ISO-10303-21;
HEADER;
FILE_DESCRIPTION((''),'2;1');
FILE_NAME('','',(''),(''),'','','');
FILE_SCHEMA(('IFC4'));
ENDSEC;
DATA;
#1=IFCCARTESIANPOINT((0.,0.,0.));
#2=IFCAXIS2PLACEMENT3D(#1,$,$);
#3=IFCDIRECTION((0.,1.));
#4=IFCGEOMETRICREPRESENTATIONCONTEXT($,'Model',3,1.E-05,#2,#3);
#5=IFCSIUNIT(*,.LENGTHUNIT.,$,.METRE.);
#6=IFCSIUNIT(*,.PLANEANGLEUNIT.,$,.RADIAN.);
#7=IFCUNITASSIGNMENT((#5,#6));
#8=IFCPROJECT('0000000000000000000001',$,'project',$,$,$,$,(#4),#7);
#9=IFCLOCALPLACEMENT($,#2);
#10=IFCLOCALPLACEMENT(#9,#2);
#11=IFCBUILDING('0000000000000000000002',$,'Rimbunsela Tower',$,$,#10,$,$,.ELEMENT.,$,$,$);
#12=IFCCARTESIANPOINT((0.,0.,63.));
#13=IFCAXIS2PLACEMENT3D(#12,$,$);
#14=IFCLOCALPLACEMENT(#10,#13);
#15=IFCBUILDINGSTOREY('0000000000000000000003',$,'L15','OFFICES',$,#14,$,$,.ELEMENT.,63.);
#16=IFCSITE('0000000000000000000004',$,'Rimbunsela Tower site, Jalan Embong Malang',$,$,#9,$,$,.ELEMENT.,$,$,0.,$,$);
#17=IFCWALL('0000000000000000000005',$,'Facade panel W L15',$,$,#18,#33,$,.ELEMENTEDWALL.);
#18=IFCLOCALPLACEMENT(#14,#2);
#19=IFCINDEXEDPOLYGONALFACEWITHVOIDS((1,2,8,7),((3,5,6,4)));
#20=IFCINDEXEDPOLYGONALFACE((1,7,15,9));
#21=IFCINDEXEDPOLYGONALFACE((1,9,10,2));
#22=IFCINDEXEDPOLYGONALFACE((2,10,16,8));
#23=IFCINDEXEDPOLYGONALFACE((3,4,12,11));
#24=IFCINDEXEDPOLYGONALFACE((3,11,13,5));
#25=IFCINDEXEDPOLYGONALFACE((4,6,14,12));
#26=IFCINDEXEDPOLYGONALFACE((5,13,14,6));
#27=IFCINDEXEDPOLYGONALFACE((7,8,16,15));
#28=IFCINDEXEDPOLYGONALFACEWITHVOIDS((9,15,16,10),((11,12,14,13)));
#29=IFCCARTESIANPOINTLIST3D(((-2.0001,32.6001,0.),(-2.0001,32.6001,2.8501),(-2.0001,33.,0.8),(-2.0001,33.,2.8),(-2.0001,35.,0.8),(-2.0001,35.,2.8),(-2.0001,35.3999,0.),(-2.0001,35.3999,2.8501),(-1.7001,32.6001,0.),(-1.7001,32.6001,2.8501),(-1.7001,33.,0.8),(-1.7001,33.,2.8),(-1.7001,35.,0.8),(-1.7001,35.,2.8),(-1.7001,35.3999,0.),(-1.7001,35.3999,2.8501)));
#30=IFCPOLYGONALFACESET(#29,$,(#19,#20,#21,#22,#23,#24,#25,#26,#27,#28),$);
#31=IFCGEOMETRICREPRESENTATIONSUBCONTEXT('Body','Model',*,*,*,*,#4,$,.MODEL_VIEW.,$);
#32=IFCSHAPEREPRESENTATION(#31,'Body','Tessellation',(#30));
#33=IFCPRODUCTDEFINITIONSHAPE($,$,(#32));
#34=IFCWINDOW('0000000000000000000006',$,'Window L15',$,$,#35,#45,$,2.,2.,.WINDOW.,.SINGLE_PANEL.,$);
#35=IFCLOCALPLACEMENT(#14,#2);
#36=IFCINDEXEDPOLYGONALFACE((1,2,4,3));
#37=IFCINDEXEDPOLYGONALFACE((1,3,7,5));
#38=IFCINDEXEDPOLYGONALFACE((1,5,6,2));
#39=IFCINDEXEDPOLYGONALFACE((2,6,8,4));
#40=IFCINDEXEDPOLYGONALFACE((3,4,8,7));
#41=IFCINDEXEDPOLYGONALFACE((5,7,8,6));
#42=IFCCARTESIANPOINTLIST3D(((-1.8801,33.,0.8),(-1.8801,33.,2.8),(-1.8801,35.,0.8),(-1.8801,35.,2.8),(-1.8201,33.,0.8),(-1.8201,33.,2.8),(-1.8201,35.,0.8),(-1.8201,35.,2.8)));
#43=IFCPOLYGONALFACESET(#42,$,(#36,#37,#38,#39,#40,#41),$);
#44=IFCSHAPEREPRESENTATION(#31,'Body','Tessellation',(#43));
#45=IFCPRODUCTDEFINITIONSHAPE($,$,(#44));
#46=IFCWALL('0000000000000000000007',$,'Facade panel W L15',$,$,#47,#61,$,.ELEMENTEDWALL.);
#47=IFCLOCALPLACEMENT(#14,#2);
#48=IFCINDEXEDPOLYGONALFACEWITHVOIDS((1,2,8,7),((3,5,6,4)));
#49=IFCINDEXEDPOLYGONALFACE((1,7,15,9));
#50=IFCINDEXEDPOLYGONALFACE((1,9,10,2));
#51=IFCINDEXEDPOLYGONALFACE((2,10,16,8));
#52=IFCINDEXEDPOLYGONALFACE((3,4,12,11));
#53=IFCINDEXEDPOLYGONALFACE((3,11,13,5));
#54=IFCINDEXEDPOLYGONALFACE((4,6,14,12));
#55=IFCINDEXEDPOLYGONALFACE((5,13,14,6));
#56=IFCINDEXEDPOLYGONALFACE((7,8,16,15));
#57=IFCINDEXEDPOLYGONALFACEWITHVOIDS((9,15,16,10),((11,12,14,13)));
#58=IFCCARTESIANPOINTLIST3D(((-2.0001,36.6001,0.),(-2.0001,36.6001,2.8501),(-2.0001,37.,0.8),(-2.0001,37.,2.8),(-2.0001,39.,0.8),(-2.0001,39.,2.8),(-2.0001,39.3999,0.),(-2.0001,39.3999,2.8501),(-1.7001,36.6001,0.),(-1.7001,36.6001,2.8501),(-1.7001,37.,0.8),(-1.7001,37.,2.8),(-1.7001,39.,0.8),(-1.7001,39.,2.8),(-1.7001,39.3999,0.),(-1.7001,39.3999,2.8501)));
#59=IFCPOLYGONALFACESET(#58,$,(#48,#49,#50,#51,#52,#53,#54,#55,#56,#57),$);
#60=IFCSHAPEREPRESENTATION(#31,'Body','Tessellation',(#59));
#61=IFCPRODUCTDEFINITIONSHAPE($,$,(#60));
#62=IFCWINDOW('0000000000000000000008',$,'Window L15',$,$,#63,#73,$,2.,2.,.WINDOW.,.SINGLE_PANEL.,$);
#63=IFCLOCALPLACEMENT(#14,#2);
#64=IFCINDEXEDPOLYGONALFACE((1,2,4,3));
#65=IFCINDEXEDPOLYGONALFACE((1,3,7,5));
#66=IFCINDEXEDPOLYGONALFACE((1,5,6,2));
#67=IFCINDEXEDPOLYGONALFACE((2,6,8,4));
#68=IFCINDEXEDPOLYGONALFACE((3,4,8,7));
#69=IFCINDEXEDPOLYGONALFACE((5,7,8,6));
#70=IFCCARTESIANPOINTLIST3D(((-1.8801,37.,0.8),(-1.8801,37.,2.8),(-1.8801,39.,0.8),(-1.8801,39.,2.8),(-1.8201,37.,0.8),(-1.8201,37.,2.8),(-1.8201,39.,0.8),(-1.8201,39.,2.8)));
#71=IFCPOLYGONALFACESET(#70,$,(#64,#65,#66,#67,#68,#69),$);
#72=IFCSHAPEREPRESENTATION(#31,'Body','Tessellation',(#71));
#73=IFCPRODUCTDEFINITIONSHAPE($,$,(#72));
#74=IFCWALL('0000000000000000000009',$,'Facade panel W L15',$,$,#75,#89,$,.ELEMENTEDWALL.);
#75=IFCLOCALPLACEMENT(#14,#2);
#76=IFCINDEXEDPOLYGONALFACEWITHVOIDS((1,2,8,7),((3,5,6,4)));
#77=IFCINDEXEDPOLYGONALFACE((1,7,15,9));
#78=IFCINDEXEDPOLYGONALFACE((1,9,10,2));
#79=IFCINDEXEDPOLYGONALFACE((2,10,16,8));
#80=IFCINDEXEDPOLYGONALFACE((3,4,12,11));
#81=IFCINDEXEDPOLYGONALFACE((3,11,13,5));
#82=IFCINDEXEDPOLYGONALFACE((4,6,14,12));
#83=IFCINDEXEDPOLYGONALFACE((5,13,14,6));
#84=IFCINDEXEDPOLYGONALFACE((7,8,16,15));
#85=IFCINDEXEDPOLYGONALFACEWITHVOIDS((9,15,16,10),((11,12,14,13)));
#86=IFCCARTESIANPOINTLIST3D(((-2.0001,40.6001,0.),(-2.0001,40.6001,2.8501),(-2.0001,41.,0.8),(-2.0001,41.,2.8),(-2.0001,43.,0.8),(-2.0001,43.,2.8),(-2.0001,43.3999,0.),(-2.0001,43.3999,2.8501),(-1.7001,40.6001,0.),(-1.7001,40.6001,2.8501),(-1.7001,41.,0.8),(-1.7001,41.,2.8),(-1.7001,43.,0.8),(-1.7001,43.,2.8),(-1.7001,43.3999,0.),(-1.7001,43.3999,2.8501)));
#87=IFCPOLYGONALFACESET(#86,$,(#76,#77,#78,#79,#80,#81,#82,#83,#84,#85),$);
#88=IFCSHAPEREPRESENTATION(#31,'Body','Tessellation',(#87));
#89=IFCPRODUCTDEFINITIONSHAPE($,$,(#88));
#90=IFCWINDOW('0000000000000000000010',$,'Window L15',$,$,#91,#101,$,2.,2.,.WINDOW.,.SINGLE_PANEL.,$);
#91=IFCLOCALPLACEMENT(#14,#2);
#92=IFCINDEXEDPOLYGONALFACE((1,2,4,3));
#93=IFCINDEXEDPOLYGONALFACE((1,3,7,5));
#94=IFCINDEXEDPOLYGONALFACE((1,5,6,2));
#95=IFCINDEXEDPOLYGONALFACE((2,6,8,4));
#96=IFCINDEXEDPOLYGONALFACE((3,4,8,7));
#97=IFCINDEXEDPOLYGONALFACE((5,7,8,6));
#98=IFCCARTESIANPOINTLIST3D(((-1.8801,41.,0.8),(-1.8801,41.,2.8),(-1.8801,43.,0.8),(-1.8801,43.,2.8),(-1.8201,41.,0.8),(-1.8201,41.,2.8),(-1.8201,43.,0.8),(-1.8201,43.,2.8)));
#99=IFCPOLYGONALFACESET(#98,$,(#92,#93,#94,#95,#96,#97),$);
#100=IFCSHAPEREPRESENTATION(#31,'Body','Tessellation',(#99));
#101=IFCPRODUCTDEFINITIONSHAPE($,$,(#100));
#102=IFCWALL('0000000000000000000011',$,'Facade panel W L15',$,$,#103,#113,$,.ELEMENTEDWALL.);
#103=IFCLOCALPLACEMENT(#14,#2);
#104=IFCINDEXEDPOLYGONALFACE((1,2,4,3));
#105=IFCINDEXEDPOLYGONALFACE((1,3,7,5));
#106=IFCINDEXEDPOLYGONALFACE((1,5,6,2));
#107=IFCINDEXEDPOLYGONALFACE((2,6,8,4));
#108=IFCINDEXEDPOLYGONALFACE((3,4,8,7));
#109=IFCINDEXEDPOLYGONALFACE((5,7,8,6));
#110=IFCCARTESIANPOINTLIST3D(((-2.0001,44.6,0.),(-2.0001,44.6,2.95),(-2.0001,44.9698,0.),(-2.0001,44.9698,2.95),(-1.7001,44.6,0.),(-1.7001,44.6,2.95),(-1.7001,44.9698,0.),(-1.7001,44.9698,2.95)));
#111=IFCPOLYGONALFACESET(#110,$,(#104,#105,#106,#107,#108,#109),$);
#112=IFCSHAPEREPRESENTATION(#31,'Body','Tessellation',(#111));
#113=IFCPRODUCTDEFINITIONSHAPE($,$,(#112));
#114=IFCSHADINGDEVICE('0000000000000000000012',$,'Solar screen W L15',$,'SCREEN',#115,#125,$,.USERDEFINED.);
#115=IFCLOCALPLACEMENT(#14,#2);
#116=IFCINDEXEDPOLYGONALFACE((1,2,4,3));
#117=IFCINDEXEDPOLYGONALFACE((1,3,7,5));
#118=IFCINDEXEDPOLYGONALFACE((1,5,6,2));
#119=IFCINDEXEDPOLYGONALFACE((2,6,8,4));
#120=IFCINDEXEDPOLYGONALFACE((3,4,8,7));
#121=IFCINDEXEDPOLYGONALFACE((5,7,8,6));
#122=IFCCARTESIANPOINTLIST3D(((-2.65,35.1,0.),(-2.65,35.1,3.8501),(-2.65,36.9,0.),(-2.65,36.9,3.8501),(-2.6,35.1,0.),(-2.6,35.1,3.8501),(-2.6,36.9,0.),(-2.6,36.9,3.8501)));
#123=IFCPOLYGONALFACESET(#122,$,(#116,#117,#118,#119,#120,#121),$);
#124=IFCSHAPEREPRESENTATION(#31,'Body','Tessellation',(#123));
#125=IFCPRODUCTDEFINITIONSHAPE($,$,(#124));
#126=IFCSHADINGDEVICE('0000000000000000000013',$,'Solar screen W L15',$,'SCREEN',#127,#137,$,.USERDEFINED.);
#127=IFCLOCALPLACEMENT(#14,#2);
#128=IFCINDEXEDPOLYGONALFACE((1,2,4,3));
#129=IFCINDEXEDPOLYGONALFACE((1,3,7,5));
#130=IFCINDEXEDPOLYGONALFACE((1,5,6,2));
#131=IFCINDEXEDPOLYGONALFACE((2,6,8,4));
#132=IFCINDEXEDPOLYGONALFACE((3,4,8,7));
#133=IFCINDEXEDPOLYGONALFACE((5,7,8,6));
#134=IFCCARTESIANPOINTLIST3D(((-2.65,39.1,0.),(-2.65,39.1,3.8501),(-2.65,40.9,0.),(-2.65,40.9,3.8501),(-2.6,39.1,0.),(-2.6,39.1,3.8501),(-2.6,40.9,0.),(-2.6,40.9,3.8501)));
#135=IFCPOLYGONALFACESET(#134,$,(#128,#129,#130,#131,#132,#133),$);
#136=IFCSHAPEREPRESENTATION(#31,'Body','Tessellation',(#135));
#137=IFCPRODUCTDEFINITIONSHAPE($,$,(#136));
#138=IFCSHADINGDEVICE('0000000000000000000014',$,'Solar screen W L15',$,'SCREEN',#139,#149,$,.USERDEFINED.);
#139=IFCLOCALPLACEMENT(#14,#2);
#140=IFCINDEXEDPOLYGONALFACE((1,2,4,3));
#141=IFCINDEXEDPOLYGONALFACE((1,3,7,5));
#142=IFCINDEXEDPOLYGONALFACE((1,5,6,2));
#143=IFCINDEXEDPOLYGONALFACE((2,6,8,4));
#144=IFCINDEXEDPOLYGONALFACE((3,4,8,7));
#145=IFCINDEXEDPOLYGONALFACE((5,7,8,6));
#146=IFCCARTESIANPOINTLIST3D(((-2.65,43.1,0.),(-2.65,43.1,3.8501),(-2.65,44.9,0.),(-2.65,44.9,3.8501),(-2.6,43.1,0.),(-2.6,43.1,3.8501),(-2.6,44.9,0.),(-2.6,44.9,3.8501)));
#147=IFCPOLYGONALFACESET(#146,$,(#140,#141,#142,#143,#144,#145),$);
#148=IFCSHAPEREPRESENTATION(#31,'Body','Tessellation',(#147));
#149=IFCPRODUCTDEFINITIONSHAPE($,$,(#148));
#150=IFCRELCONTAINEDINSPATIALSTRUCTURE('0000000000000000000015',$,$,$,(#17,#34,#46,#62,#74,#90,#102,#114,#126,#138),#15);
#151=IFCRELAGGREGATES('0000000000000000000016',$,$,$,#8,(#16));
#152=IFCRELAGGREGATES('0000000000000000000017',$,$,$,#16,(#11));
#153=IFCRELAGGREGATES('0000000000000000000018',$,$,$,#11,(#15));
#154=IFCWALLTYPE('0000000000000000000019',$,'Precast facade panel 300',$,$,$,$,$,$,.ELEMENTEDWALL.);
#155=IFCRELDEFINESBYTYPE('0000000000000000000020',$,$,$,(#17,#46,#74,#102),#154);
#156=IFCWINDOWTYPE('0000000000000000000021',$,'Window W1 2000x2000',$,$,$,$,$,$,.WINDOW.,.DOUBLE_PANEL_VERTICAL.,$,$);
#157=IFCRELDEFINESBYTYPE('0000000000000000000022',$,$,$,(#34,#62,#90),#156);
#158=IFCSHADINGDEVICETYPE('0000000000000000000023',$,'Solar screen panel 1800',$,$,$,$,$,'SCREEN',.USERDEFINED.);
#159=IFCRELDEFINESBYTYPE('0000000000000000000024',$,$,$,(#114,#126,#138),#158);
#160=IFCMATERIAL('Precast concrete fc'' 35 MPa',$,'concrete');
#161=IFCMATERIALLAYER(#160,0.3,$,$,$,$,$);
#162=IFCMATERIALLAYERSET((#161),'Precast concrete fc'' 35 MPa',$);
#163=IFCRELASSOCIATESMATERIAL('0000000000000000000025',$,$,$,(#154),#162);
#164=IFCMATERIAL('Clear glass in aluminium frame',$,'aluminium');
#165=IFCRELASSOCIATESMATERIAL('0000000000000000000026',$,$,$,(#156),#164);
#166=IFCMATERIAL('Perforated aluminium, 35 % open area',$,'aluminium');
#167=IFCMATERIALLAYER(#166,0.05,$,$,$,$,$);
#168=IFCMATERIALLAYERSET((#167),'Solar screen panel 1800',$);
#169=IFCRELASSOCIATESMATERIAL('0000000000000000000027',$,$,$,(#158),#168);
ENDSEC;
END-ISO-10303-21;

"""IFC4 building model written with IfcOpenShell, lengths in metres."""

from ifc_helpers import new_model, si_unit, direction, frame, frame_2d, origin, origin_2d, place, context, subcontext, project, spatial, rectangle, extrude, material, layer, layer_set, type_object, element, fill, save


model = new_model("IFC4")

# Units and contexts
model_context = context("Model", 3, precision=1e-05, world=origin(), true_north=direction((0.0, 1.0)))
body_context = subcontext(model_context, "Body", "Model", "MODEL_VIEW")
ifc_project = project(units=[si_unit("LENGTHUNIT", "METRE"), si_unit("PLANEANGLEUNIT", "RADIAN")], contexts=[model_context])

# Site, building, storey
site_placement = place(None, origin())
site = spatial("IfcSite", under=ifc_project, at=site_placement, Name="Rimbunsela Tower site, Jalan Embong Malang", CompositionType="ELEMENT", RefElevation=0.0)
building_placement = place(site_placement, origin())
building = spatial("IfcBuilding", under=site, at=building_placement, Name="Rimbunsela Tower", CompositionType="ELEMENT")
storey_placement = place(building_placement, frame((0.0, 0.0, 63.0)))
storey = spatial("IfcBuildingStorey", under=building, at=storey_placement, Name="L15", Description="OFFICES", CompositionType="ELEMENT", Elevation=63.0)

# Walls, openings, windows
ifc_material_1 = material(Name="Precast concrete fc' 35 MPa", Category="concrete")
ifc_layer_1 = layer(ifc_material_1, 0.3)
ifc_layer_set_1 = layer_set([ifc_layer_1], Name="Precast concrete fc' 35 MPa")
wall_type_1 = type_object("IfcWallType", Name="Precast facade panel 300", PredefinedType="ELEMENTEDWALL", material=ifc_layer_set_1)
wall_1_placement = place(storey_placement, frame((-1.8501, 35.3999, 0.0), z_axis=(0.0, 0.0, 1.0), x_axis=(0.0, -1.0, 0.0)))
wall_1 = element("IfcWall", 1, at=wall_1_placement, inside=storey, type_object=wall_type_1, Name="Facade panel W L15", PredefinedType="ELEMENTEDWALL", context=body_context, shape_type="SweptSolid", body=[
    extrude(rectangle(XDim=2.7998, YDim=0.3, at=frame_2d((1.3999, 0.0))), origin(), (0.0, 0.0, 1.0), 2.8501),
])
opening_1_placement = place(wall_1_placement, frame((0.3999, 0.0, 0.8)))
opening_1 = element("IfcOpeningElement", 2, at=opening_1_placement, cuts=wall_1, PredefinedType="OPENING", context=body_context, shape_type="SweptSolid", body=[
    extrude(rectangle(XDim=2.0, YDim=2.0, at=frame_2d((1.0, 1.0))), frame((0.0, 0.1599, 0.0), z_axis=(0.0, -1.0, 0.0), x_axis=(1.0, 0.0, 0.0)), (0.0, 0.0, 1.0), 0.3201),
])
ifc_material_2 = material(Name="Clear glass in aluminium frame", Category="aluminium")
window_type = type_object("IfcWindowType", Name="Window W1 2000x2000", PartitioningType="DOUBLE_PANEL_VERTICAL", PredefinedType="WINDOW", material=ifc_material_2)
window_1_placement = place(opening_1_placement, origin())
window_1 = element("IfcWindow", 3, at=window_1_placement, inside=storey, type_object=window_type, Name="Window L15", OverallHeight=2.0, OverallWidth=2.0, PartitioningType="SINGLE_PANEL", PredefinedType="WINDOW", context=body_context, shape_type="SweptSolid", body=[
    extrude(rectangle(XDim=2.0, YDim=2.0, at=frame_2d((1.0, 1.0))), frame((0.0, 0.03, 0.0), z_axis=(0.0, -1.0, 0.0), x_axis=(1.0, 0.0, 0.0)), (0.0, 0.0, 1.0), 0.0601),
])
fill(opening_1, window_1)
wall_2_placement = place(storey_placement, frame((-1.8501, 39.3999, 0.0), z_axis=(0.0, 0.0, 1.0), x_axis=(0.0, -1.0, 0.0)))
wall_2 = element("IfcWall", 4, at=wall_2_placement, inside=storey, type_object=wall_type_1, Name="Facade panel W L15", PredefinedType="ELEMENTEDWALL", context=body_context, shape_type="SweptSolid", body=[
    extrude(rectangle(XDim=2.7998, YDim=0.3, at=frame_2d((1.3999, 0.0))), origin(), (0.0, 0.0, 1.0), 2.8501),
])
opening_2_placement = place(wall_2_placement, frame((0.3999, 0.0, 0.8)))
opening_2 = element("IfcOpeningElement", 5, at=opening_2_placement, cuts=wall_2, PredefinedType="OPENING", context=body_context, shape_type="SweptSolid", body=[
    extrude(rectangle(XDim=2.0, YDim=2.0, at=frame_2d((1.0, 1.0))), frame((0.0, 0.1599, 0.0), z_axis=(0.0, -1.0, 0.0), x_axis=(1.0, 0.0, 0.0)), (0.0, 0.0, 1.0), 0.3201),
])
window_2_placement = place(opening_2_placement, origin())
window_2 = element("IfcWindow", 6, at=window_2_placement, inside=storey, type_object=window_type, Name="Window L15", OverallHeight=2.0, OverallWidth=2.0, PartitioningType="SINGLE_PANEL", PredefinedType="WINDOW", context=body_context, shape_type="SweptSolid", body=[
    extrude(rectangle(XDim=2.0, YDim=2.0, at=frame_2d((1.0, 1.0))), frame((0.0, 0.03, 0.0), z_axis=(0.0, -1.0, 0.0), x_axis=(1.0, 0.0, 0.0)), (0.0, 0.0, 1.0), 0.0601),
])
fill(opening_2, window_2)
wall_3_placement = place(storey_placement, frame((-1.8501, 43.3999, 0.0), z_axis=(0.0, 0.0, 1.0), x_axis=(0.0, -1.0, 0.0)))
wall_3 = element("IfcWall", 7, at=wall_3_placement, inside=storey, type_object=wall_type_1, Name="Facade panel W L15", PredefinedType="ELEMENTEDWALL", context=body_context, shape_type="SweptSolid", body=[
    extrude(rectangle(XDim=2.7998, YDim=0.3, at=frame_2d((1.3999, 0.0))), origin(), (0.0, 0.0, 1.0), 2.8501),
])
opening_3_placement = place(wall_3_placement, frame((0.3999, 0.0, 0.8)))
opening_3 = element("IfcOpeningElement", 8, at=opening_3_placement, cuts=wall_3, PredefinedType="OPENING", context=body_context, shape_type="SweptSolid", body=[
    extrude(rectangle(XDim=2.0, YDim=2.0, at=frame_2d((1.0, 1.0))), frame((0.0, 0.1599, 0.0), z_axis=(0.0, -1.0, 0.0), x_axis=(1.0, 0.0, 0.0)), (0.0, 0.0, 1.0), 0.3201),
])
window_3_placement = place(opening_3_placement, origin())
window_3 = element("IfcWindow", 9, at=window_3_placement, inside=storey, type_object=window_type, Name="Window L15", OverallHeight=2.0, OverallWidth=2.0, PartitioningType="SINGLE_PANEL", PredefinedType="WINDOW", context=body_context, shape_type="SweptSolid", body=[
    extrude(rectangle(XDim=2.0, YDim=2.0, at=frame_2d((1.0, 1.0))), frame((0.0, 0.03, 0.0), z_axis=(0.0, -1.0, 0.0), x_axis=(1.0, 0.0, 0.0)), (0.0, 0.0, 1.0), 0.0601),
])
fill(opening_3, window_3)

# Wall
wall_4_placement = place(storey_placement, frame((-1.8501, 44.97, 0.0), z_axis=(0.0, 0.0, 1.0), x_axis=(0.0, -1.0, 0.0)))
element("IfcWall", 10, at=wall_4_placement, inside=storey, type_object=wall_type_1, Name="Facade panel W L15", PredefinedType="ELEMENTEDWALL", context=body_context, shape_type="SweptSolid", body=[
    extrude(rectangle(XDim=0.3699, YDim=0.3, at=frame_2d((0.1851, 0.0))), origin(), (0.0, 0.0, 1.0), 2.95),
])

# Shading devices
ifc_material_3 = material(Name="Perforated aluminium, 35 % open area", Category="aluminium")
ifc_layer_2 = layer(ifc_material_3, 0.05)
ifc_layer_set_2 = layer_set([ifc_layer_2], Name="Solar screen panel 1800")
shading_device_type = type_object("IfcShadingDeviceType", Name="Solar screen panel 1800", ElementType="SCREEN", PredefinedType="USERDEFINED", material=ifc_layer_set_2)
for number, where, z_axis, x_axis, name in (
    (11, (-2.625, 36.0, 0.0), (0.0, 0.0, 1.0), (0.0, 1.0, 0.0), "Solar screen W L15"),
    (12, (-2.625, 40.0, 0.0), (0.0, 0.0, 1.0), (0.0, 1.0, 0.0), "Solar screen W L15"),
    (13, (-2.625, 44.0, 0.0), (0.0, 0.0, 1.0), (0.0, 1.0, 0.0), "Solar screen W L15"),
):
    element("IfcShadingDevice", number, at=place(storey_placement, frame(where, z_axis=z_axis, x_axis=x_axis)), inside=storey, type_object=shading_device_type, Name=name, ObjectType="SCREEN", PredefinedType="USERDEFINED", context=body_context, shape_type="SweptSolid", body=[
        extrude(rectangle(XDim=1.8, YDim=0.05, at=origin_2d()), origin(), (0.0, 0.0, 1.0), 3.8501),
    ])

save(model, "model.ifc")
